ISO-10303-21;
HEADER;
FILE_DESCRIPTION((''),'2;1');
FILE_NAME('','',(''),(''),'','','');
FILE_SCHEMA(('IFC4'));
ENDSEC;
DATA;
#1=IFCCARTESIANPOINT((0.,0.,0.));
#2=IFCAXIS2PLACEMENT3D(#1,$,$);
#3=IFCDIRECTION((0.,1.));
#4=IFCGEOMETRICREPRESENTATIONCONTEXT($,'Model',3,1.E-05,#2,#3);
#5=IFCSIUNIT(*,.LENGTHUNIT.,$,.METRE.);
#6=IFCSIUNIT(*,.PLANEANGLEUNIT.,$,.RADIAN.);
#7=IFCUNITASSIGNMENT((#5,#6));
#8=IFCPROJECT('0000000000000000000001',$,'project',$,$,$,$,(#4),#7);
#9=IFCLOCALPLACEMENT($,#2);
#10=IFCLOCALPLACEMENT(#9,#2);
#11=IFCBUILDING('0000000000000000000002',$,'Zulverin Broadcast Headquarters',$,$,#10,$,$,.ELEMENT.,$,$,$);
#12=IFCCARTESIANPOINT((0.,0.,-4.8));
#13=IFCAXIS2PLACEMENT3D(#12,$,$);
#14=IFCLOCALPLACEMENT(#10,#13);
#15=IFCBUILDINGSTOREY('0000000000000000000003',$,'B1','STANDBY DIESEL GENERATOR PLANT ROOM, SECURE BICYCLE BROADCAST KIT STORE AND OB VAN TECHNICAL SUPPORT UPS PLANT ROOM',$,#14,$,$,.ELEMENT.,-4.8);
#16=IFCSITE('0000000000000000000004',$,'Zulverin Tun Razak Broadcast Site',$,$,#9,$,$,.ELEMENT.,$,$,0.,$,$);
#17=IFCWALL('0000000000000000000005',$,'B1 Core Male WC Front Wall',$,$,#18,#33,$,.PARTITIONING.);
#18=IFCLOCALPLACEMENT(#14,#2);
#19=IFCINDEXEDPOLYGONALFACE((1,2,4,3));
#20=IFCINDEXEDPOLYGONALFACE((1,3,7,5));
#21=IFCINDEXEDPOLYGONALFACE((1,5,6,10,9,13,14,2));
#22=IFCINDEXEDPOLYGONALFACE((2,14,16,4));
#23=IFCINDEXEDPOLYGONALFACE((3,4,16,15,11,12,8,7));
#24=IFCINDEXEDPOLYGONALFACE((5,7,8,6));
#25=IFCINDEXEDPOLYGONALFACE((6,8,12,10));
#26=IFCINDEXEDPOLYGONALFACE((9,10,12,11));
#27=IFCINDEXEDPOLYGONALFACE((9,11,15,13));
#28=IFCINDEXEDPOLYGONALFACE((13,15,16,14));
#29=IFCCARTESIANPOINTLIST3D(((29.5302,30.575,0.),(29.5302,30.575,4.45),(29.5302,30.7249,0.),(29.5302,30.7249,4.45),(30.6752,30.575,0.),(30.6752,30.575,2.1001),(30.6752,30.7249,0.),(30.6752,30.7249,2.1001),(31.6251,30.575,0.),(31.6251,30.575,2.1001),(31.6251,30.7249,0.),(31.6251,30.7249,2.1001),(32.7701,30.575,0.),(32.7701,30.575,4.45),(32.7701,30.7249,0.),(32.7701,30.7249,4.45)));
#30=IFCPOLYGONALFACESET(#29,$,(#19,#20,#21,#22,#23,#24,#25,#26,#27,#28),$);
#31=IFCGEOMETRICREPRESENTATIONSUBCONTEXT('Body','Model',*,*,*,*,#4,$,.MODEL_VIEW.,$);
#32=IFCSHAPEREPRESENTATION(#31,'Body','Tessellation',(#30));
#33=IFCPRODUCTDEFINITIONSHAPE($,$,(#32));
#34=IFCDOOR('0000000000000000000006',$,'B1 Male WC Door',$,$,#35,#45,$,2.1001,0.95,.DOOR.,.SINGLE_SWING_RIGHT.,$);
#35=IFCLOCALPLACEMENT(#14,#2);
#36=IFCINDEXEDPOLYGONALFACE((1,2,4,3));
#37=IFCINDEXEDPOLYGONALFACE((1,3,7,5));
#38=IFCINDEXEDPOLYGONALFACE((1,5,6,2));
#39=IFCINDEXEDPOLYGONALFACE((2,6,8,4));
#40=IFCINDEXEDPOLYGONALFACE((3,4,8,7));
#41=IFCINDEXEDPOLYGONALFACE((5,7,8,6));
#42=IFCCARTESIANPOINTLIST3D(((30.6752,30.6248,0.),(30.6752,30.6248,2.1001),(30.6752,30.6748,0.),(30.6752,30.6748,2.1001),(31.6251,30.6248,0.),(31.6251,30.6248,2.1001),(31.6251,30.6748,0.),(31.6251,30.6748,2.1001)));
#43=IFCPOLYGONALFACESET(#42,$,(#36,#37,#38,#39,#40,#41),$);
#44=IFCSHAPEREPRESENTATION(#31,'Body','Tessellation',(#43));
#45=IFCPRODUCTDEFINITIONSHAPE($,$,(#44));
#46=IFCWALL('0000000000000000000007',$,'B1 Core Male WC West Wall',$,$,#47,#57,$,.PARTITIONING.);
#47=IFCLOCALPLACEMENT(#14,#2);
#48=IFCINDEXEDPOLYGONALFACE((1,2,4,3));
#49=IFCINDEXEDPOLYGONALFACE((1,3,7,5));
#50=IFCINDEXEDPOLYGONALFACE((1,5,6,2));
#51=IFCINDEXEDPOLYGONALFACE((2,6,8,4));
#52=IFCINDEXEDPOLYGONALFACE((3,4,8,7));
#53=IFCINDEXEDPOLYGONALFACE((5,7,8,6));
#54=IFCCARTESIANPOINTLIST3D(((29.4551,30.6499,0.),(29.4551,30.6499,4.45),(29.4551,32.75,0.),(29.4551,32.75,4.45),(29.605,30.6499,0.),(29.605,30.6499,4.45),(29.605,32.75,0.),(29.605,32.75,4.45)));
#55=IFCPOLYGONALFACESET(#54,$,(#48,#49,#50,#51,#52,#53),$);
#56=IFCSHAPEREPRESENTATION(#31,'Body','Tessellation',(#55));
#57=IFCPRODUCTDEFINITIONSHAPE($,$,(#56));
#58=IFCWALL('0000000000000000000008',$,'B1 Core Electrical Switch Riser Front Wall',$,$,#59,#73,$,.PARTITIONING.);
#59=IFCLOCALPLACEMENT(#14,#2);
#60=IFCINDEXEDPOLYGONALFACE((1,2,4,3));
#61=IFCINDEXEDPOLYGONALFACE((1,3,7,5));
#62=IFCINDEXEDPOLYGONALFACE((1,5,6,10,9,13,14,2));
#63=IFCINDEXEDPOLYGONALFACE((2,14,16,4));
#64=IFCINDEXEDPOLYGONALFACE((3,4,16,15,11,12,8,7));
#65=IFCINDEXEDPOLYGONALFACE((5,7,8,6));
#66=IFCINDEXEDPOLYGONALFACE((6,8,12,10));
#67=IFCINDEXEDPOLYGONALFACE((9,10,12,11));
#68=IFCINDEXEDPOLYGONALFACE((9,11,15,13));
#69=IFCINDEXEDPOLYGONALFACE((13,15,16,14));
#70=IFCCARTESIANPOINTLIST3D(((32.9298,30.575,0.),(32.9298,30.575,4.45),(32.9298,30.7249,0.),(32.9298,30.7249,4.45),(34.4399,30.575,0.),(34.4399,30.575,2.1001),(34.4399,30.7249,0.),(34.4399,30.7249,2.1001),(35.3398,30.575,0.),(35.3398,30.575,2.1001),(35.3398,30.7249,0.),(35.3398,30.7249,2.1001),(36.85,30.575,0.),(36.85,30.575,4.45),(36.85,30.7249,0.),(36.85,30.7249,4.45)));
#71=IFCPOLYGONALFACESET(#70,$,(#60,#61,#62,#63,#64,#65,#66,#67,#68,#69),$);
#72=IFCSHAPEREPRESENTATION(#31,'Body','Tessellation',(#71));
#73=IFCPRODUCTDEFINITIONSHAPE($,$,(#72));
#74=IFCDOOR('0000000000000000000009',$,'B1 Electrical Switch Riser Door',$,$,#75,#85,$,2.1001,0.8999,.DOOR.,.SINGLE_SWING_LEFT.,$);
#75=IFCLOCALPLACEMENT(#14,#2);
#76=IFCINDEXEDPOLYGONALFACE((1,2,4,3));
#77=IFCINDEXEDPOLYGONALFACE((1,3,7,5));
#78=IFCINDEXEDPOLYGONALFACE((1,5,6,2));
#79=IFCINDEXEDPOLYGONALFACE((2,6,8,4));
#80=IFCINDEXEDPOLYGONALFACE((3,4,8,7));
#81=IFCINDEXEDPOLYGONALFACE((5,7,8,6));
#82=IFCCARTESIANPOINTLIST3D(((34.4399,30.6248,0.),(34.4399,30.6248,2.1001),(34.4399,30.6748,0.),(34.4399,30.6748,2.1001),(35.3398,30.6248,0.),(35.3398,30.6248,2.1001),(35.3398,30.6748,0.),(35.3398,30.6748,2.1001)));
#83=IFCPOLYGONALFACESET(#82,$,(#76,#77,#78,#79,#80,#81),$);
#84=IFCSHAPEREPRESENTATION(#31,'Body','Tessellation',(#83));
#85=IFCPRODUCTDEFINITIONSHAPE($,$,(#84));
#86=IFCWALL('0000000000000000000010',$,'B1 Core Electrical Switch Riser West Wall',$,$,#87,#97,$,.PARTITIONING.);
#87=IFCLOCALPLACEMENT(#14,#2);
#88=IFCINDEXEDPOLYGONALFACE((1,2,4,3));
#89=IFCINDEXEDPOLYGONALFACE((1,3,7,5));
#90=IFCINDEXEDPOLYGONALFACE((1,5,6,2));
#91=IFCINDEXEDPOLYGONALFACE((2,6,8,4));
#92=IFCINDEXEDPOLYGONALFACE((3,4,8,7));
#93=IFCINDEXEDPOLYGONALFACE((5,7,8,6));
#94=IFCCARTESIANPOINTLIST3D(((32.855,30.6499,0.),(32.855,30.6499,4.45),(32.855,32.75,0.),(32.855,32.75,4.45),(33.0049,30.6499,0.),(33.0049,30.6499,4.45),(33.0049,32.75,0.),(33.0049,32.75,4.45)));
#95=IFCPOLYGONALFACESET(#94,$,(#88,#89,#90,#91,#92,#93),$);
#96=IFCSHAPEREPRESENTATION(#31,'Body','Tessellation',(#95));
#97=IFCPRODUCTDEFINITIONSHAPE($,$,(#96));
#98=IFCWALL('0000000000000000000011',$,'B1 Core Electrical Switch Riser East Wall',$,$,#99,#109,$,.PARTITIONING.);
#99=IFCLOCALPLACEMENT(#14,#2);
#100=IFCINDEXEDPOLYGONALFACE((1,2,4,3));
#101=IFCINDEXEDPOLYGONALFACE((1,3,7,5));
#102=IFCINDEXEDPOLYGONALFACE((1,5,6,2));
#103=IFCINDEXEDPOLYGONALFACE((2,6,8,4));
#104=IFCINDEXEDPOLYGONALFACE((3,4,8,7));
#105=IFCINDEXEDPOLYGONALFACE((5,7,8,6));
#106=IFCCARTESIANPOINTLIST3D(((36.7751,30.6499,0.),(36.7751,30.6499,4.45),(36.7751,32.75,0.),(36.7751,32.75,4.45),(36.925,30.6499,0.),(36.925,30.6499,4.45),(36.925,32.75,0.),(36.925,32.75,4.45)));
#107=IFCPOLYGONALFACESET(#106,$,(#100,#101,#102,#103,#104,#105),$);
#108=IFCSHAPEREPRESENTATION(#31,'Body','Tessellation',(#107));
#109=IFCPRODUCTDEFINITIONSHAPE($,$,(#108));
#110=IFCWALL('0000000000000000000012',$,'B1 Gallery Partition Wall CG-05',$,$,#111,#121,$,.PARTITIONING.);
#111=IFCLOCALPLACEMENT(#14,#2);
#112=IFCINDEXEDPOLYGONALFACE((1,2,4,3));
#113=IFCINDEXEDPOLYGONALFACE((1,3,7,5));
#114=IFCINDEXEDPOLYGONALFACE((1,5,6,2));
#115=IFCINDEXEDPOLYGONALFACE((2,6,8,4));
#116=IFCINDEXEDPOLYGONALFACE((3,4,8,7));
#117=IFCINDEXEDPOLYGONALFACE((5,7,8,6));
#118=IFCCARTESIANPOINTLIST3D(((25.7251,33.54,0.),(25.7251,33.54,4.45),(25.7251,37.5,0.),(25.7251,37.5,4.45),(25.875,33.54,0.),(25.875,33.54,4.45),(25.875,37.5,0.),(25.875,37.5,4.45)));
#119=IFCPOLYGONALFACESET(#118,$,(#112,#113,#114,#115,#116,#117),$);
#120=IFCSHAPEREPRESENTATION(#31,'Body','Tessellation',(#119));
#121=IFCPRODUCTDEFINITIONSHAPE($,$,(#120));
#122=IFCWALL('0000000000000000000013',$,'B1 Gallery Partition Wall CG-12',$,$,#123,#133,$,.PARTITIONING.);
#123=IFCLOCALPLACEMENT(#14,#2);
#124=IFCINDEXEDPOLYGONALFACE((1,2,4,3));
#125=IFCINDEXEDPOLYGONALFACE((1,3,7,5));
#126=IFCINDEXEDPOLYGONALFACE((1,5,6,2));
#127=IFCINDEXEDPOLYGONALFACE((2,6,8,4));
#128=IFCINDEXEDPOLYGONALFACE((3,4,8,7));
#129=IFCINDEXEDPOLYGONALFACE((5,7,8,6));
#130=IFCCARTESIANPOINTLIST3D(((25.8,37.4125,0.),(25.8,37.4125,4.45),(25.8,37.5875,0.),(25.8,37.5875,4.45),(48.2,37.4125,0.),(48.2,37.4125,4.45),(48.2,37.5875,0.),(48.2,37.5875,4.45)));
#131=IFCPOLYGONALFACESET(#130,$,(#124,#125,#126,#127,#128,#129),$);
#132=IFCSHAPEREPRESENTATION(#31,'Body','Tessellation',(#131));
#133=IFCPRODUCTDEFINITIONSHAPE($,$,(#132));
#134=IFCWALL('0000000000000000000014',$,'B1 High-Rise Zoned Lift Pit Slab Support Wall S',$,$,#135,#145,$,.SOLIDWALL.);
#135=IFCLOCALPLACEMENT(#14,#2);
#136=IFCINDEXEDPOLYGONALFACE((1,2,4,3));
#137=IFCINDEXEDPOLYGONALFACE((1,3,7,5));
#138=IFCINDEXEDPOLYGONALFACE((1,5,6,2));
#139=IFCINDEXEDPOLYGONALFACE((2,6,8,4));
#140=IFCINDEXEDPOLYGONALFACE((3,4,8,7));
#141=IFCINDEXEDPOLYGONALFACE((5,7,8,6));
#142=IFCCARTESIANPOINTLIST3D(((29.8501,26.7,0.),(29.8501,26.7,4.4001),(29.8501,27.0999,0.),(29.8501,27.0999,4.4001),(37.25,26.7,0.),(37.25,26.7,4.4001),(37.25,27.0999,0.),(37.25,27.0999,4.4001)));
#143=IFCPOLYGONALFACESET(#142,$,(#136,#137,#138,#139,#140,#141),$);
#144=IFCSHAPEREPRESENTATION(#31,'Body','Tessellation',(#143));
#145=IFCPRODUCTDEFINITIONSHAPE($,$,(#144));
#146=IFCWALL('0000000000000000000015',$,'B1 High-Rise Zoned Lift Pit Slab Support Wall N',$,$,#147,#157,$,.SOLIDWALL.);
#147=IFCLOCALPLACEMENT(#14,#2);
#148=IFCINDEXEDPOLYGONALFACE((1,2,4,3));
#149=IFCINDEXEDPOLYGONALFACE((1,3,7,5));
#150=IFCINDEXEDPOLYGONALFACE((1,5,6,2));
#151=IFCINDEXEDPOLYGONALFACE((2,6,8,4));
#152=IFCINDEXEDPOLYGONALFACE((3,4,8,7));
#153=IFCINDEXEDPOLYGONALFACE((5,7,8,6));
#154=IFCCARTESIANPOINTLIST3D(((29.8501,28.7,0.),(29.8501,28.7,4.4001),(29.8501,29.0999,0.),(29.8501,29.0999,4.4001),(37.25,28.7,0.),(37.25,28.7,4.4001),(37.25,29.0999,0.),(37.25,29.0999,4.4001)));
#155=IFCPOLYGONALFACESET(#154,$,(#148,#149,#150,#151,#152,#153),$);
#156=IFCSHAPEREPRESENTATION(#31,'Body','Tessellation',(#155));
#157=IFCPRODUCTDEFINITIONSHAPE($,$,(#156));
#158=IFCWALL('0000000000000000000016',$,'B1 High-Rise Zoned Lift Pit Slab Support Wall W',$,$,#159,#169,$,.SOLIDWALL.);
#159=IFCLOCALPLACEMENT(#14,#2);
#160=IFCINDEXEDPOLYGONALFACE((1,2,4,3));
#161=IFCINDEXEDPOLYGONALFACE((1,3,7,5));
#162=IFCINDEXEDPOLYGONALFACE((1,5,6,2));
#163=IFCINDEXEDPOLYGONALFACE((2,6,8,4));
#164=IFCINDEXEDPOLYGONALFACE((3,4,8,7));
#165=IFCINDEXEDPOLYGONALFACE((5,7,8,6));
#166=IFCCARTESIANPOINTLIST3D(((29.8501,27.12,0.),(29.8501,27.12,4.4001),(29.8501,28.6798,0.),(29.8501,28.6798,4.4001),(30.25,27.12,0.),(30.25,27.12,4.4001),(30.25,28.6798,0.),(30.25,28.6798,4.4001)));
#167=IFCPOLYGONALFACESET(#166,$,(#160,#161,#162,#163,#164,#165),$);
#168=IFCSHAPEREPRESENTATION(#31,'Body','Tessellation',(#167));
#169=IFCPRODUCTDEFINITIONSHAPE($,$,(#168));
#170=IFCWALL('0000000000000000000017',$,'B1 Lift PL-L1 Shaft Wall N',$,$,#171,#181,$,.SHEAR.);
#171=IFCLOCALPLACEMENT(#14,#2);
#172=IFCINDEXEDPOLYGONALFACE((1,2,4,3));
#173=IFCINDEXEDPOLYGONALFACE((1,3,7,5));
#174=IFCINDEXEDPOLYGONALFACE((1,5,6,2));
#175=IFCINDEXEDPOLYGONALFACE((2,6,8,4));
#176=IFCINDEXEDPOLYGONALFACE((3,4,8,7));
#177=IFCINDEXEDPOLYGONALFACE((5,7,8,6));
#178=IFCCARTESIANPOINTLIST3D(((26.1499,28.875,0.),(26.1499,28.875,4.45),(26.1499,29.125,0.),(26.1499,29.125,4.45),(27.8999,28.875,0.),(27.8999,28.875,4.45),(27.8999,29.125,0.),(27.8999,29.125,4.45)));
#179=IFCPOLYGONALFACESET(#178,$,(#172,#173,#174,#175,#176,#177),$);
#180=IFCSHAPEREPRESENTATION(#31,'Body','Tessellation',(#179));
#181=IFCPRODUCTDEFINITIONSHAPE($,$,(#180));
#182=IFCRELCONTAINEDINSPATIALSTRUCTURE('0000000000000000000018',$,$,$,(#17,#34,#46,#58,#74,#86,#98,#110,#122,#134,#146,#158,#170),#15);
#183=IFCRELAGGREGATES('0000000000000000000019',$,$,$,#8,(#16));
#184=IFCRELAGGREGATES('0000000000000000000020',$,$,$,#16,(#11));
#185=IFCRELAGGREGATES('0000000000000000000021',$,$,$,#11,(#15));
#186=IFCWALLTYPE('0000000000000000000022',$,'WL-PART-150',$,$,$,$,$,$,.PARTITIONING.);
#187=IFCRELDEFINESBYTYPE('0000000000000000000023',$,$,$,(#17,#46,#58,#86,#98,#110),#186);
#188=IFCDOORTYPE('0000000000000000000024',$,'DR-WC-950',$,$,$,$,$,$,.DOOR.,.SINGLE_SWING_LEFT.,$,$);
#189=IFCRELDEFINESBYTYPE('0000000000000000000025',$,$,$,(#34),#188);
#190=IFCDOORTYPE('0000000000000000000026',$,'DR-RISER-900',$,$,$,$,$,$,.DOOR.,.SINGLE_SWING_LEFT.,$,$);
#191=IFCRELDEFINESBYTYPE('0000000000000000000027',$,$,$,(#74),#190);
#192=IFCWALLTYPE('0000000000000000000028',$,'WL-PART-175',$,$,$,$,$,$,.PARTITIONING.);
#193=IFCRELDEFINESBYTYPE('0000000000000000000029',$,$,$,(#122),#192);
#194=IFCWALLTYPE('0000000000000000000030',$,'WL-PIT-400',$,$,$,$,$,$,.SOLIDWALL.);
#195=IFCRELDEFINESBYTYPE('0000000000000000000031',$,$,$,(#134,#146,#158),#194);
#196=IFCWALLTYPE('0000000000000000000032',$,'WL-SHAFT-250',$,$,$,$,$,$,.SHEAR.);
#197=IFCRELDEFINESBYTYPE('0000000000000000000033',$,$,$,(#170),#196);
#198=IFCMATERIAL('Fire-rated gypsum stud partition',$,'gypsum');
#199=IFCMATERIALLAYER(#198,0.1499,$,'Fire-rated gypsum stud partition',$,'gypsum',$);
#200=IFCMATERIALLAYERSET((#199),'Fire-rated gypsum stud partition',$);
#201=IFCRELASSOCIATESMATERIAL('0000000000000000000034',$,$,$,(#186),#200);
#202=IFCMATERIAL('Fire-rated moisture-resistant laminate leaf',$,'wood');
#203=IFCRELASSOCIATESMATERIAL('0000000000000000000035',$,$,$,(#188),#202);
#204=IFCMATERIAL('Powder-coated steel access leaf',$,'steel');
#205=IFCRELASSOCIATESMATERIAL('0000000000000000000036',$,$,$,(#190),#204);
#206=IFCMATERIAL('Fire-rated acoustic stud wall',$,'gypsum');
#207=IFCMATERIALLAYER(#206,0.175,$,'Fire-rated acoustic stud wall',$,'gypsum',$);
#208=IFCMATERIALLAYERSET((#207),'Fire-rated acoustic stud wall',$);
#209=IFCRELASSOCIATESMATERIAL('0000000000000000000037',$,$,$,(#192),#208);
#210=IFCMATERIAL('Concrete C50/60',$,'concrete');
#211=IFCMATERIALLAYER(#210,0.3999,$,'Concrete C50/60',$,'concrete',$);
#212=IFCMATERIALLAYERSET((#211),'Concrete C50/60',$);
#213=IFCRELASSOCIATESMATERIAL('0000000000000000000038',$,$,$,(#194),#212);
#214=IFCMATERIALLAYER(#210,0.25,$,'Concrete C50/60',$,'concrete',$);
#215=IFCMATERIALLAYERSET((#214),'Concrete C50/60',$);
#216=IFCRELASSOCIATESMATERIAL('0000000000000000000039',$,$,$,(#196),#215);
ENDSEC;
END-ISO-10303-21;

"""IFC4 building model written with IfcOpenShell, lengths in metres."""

from ifc_helpers import new_model, si_unit, direction, frame, frame_2d, origin, place, context, subcontext, project, spatial, rectangle, extrude, material, layer, layer_set, type_object, element, fill, save


model = new_model("IFC4")

# Units and contexts
model_context = context("Model", 3, precision=1e-05, world=origin(), true_north=direction((0.0, 1.0)))
body_context = subcontext(model_context, "Body", "Model", "MODEL_VIEW")
ifc_project = project(units=[si_unit("LENGTHUNIT", "METRE"), si_unit("PLANEANGLEUNIT", "RADIAN")], contexts=[model_context])

# Site, building, storey
site_placement = place(None, origin())
site = spatial("IfcSite", under=ifc_project, at=site_placement, Name="Zulverin Tun Razak Broadcast Site", CompositionType="ELEMENT", RefElevation=0.0)
building_placement = place(site_placement, origin())
building = spatial("IfcBuilding", under=site, at=building_placement, Name="Zulverin Broadcast Headquarters", CompositionType="ELEMENT")
storey_placement = place(building_placement, frame((0.0, 0.0, -4.8)))
storey = spatial("IfcBuildingStorey", under=building, at=storey_placement, Name="B1", Description="STANDBY DIESEL GENERATOR PLANT ROOM, SECURE BICYCLE BROADCAST KIT STORE AND OB VAN TECHNICAL SUPPORT UPS PLANT ROOM", CompositionType="ELEMENT", Elevation=-4.8)

# Shared definitions
ifc_material_1 = material(Name="Fire-rated gypsum stud partition", Category="gypsum")
ifc_layer_1 = layer(ifc_material_1, 0.1499, Name="Fire-rated gypsum stud partition", Category="gypsum")
ifc_layer_set_1 = layer_set([ifc_layer_1], Name="Fire-rated gypsum stud partition")
wall_type_1 = type_object("IfcWallType", Name="WL-PART-150", PredefinedType="PARTITIONING", material=ifc_layer_set_1)
ifc_material_2 = material(Name="Fire-rated moisture-resistant laminate leaf", Category="wood")
door_type_1 = type_object("IfcDoorType", Name="DR-WC-950", OperationType="SINGLE_SWING_LEFT", PredefinedType="DOOR", material=ifc_material_2)

# Wall, opening, door
wall_1_placement = place(storey_placement, frame((29.53, 30.6499, 0.0), z_axis=(0.0, 0.0, 1.0), x_axis=(1.0, 0.0, 0.0)))
wall_1 = element("IfcWall", 1, at=wall_1_placement, inside=storey, type_object=wall_type_1, Name="B1 Core Male WC Front Wall", PredefinedType="PARTITIONING", context=body_context, shape_type="SweptSolid", body=[
    extrude(rectangle(XDim=3.24, YDim=0.1499, at=frame_2d((1.6201, 0.0))), origin(), (0.0, 0.0, 1.0), 4.45),
])
opening_1_placement = place(wall_1_placement, frame((1.145, 0.0, 0.0)))
opening_1 = element("IfcOpeningElement", 2, at=opening_1_placement, cuts=wall_1, PredefinedType="OPENING", context=body_context, shape_type="SweptSolid", body=[
    extrude(rectangle(XDim=0.95, YDim=2.1001, at=frame_2d((0.4751, 1.05))), frame((0.0, 0.085, 0.0), z_axis=(0.0, -1.0, 0.0), x_axis=(1.0, 0.0, 0.0)), (0.0, 0.0, 1.0), 0.1699),
])
door_1_placement = place(opening_1_placement, origin())
door_1 = element("IfcDoor", 3, at=door_1_placement, inside=storey, type_object=door_type_1, Name="B1 Male WC Door", OperationType="SINGLE_SWING_RIGHT", OverallHeight=2.1001, OverallWidth=0.95, PredefinedType="DOOR", context=body_context, shape_type="SweptSolid", body=[
    extrude(rectangle(XDim=0.95, YDim=2.1001, at=frame_2d((0.4751, 1.05))), frame((0.0, 0.0249, 0.0), z_axis=(0.0, -1.0, 0.0), x_axis=(1.0, 0.0, 0.0)), (0.0, 0.0, 1.0), 0.05),
])
fill(opening_1, door_1)

# Wall
wall_2_placement = place(storey_placement, frame((29.53, 30.6499, 0.0), z_axis=(0.0, 0.0, 1.0), x_axis=(0.0, 1.0, 0.0)))
element("IfcWall", 4, at=wall_2_placement, inside=storey, type_object=wall_type_1, Name="B1 Core Male WC West Wall", PredefinedType="PARTITIONING", context=body_context, shape_type="SweptSolid", body=[
    extrude(rectangle(XDim=2.1001, YDim=0.1499, at=frame_2d((1.05, 0.0))), origin(), (0.0, 0.0, 1.0), 4.45),
])

# Wall, opening, door
wall_3_placement = place(storey_placement, frame((32.9299, 30.6499, 0.0), z_axis=(0.0, 0.0, 1.0), x_axis=(1.0, 0.0, 0.0)))
wall_3 = element("IfcWall", 5, at=wall_3_placement, inside=storey, type_object=wall_type_1, Name="B1 Core Electrical Switch Riser Front Wall", PredefinedType="PARTITIONING", context=body_context, shape_type="SweptSolid", body=[
    extrude(rectangle(XDim=3.9202, YDim=0.1499, at=frame_2d((1.96, 0.0))), origin(), (0.0, 0.0, 1.0), 4.45),
])
opening_2_placement = place(wall_3_placement, frame((1.51, 0.0, 0.0)))
opening_2 = element("IfcOpeningElement", 6, at=opening_2_placement, cuts=wall_3, PredefinedType="OPENING", context=body_context, shape_type="SweptSolid", body=[
    extrude(rectangle(XDim=0.8999, YDim=2.1001, at=frame_2d((0.45, 1.05))), frame((0.0, 0.085, 0.0), z_axis=(0.0, -1.0, 0.0), x_axis=(1.0, 0.0, 0.0)), (0.0, 0.0, 1.0), 0.1699),
])
ifc_material_3 = material(Name="Powder-coated steel access leaf", Category="steel")
door_type_2 = type_object("IfcDoorType", Name="DR-RISER-900", OperationType="SINGLE_SWING_LEFT", PredefinedType="DOOR", material=ifc_material_3)
door_2_placement = place(opening_2_placement, origin())
door_2 = element("IfcDoor", 7, at=door_2_placement, inside=storey, type_object=door_type_2, Name="B1 Electrical Switch Riser Door", OperationType="SINGLE_SWING_LEFT", OverallHeight=2.1001, OverallWidth=0.8999, PredefinedType="DOOR", context=body_context, shape_type="SweptSolid", body=[
    extrude(rectangle(XDim=0.8999, YDim=2.1001, at=frame_2d((0.45, 1.05))), frame((0.0, 0.0249, 0.0), z_axis=(0.0, -1.0, 0.0), x_axis=(1.0, 0.0, 0.0)), (0.0, 0.0, 1.0), 0.05),
])
fill(opening_2, door_2)

# Walls
for number, where, z_axis, x_axis, name in (
    (8, (32.9299, 30.6499, 0.0), (0.0, 0.0, 1.0), (0.0, 1.0, 0.0), "B1 Core Electrical Switch Riser West Wall"),
    (9, (36.8501, 30.6499, 0.0), (0.0, 0.0, 1.0), (0.0, 1.0, 0.0), "B1 Core Electrical Switch Riser East Wall"),
):
    element("IfcWall", number, at=place(storey_placement, frame(where, z_axis=z_axis, x_axis=x_axis)), inside=storey, type_object=wall_type_1, Name=name, PredefinedType="PARTITIONING", context=body_context, shape_type="SweptSolid", body=[
        extrude(rectangle(XDim=2.1001, YDim=0.1499, at=frame_2d((1.05, 0.0))), origin(), (0.0, 0.0, 1.0), 4.45),
    ])
wall_4_placement = place(storey_placement, frame((25.8, 33.54, 0.0), z_axis=(0.0, 0.0, 1.0), x_axis=(0.0, 1.0, 0.0)))
element("IfcWall", 10, at=wall_4_placement, inside=storey, type_object=wall_type_1, Name="B1 Gallery Partition Wall CG-05", PredefinedType="PARTITIONING", context=body_context, shape_type="SweptSolid", body=[
    extrude(rectangle(XDim=3.96, YDim=0.1499, at=frame_2d((1.98, 0.0))), origin(), (0.0, 0.0, 1.0), 4.45),
])
ifc_material_4 = material(Name="Fire-rated acoustic stud wall", Category="gypsum")
ifc_layer_2 = layer(ifc_material_4, 0.175, Name="Fire-rated acoustic stud wall", Category="gypsum")
ifc_layer_set_2 = layer_set([ifc_layer_2], Name="Fire-rated acoustic stud wall")
wall_type_2 = type_object("IfcWallType", Name="WL-PART-175", PredefinedType="PARTITIONING", material=ifc_layer_set_2)
wall_5_placement = place(storey_placement, frame((25.8, 37.5, 0.0), z_axis=(0.0, 0.0, 1.0), x_axis=(1.0, 0.0, 0.0)))
element("IfcWall", 11, at=wall_5_placement, inside=storey, type_object=wall_type_2, Name="B1 Gallery Partition Wall CG-12", PredefinedType="PARTITIONING", context=body_context, shape_type="SweptSolid", body=[
    extrude(rectangle(XDim=22.3999, YDim=0.175, at=frame_2d((11.2, 0.0))), origin(), (0.0, 0.0, 1.0), 4.45),
])
ifc_material_5 = material(Name="Concrete C50/60", Category="concrete")
ifc_layer_3 = layer(ifc_material_5, 0.3999, Name="Concrete C50/60", Category="concrete")
ifc_layer_set_3 = layer_set([ifc_layer_3], Name="Concrete C50/60")
wall_type_3 = type_object("IfcWallType", Name="WL-PIT-400", PredefinedType="SOLIDWALL", material=ifc_layer_set_3)
for number, where, z_axis, x_axis, name in (
    (12, (29.8501, 26.8999, 0.0), (0.0, 0.0, 1.0), (1.0, 0.0, 0.0), "B1 High-Rise Zoned Lift Pit Slab Support Wall S"),
    (13, (29.8501, 28.8999, 0.0), (0.0, 0.0, 1.0), (1.0, 0.0, 0.0), "B1 High-Rise Zoned Lift Pit Slab Support Wall N"),
):
    element("IfcWall", number, at=place(storey_placement, frame(where, z_axis=z_axis, x_axis=x_axis)), inside=storey, type_object=wall_type_3, Name=name, PredefinedType="SOLIDWALL", context=body_context, shape_type="SweptSolid", body=[
        extrude(rectangle(XDim=7.3999, YDim=0.3999, at=frame_2d((3.7, 0.0))), origin(), (0.0, 0.0, 1.0), 4.4001),
    ])
wall_6_placement = place(storey_placement, frame((30.05, 27.1201, 0.0), z_axis=(0.0, 0.0, 1.0), x_axis=(0.0, 1.0, 0.0)))
element("IfcWall", 14, at=wall_6_placement, inside=storey, type_object=wall_type_3, Name="B1 High-Rise Zoned Lift Pit Slab Support Wall W", PredefinedType="SOLIDWALL", context=body_context, shape_type="SweptSolid", body=[
    extrude(rectangle(XDim=1.5598, YDim=0.3999, at=frame_2d((0.7798, 0.0))), origin(), (0.0, 0.0, 1.0), 4.4001),
])

# Shared definitions
ifc_layer_4 = layer(ifc_material_5, 0.25, Name="Concrete C50/60", Category="concrete")
ifc_layer_set_4 = layer_set([ifc_layer_4], Name="Concrete C50/60")
wall_type_4 = type_object("IfcWallType", Name="WL-SHAFT-250", PredefinedType="SHEAR", material=ifc_layer_set_4)

# Wall
wall_7_placement = place(storey_placement, frame((26.1499, 29.0, 0.0), z_axis=(0.0, 0.0, 1.0), x_axis=(1.0, 0.0, 0.0)))
element("IfcWall", 15, at=wall_7_placement, inside=storey, type_object=wall_type_4, Name="B1 Lift PL-L1 Shaft Wall N", PredefinedType="SHEAR", context=body_context, shape_type="SweptSolid", body=[
    extrude(rectangle(XDim=1.75, YDim=0.25, at=frame_2d((0.875, 0.0))), origin(), (0.0, 0.0, 1.0), 4.45),
])

save(model, "model.ifc")
